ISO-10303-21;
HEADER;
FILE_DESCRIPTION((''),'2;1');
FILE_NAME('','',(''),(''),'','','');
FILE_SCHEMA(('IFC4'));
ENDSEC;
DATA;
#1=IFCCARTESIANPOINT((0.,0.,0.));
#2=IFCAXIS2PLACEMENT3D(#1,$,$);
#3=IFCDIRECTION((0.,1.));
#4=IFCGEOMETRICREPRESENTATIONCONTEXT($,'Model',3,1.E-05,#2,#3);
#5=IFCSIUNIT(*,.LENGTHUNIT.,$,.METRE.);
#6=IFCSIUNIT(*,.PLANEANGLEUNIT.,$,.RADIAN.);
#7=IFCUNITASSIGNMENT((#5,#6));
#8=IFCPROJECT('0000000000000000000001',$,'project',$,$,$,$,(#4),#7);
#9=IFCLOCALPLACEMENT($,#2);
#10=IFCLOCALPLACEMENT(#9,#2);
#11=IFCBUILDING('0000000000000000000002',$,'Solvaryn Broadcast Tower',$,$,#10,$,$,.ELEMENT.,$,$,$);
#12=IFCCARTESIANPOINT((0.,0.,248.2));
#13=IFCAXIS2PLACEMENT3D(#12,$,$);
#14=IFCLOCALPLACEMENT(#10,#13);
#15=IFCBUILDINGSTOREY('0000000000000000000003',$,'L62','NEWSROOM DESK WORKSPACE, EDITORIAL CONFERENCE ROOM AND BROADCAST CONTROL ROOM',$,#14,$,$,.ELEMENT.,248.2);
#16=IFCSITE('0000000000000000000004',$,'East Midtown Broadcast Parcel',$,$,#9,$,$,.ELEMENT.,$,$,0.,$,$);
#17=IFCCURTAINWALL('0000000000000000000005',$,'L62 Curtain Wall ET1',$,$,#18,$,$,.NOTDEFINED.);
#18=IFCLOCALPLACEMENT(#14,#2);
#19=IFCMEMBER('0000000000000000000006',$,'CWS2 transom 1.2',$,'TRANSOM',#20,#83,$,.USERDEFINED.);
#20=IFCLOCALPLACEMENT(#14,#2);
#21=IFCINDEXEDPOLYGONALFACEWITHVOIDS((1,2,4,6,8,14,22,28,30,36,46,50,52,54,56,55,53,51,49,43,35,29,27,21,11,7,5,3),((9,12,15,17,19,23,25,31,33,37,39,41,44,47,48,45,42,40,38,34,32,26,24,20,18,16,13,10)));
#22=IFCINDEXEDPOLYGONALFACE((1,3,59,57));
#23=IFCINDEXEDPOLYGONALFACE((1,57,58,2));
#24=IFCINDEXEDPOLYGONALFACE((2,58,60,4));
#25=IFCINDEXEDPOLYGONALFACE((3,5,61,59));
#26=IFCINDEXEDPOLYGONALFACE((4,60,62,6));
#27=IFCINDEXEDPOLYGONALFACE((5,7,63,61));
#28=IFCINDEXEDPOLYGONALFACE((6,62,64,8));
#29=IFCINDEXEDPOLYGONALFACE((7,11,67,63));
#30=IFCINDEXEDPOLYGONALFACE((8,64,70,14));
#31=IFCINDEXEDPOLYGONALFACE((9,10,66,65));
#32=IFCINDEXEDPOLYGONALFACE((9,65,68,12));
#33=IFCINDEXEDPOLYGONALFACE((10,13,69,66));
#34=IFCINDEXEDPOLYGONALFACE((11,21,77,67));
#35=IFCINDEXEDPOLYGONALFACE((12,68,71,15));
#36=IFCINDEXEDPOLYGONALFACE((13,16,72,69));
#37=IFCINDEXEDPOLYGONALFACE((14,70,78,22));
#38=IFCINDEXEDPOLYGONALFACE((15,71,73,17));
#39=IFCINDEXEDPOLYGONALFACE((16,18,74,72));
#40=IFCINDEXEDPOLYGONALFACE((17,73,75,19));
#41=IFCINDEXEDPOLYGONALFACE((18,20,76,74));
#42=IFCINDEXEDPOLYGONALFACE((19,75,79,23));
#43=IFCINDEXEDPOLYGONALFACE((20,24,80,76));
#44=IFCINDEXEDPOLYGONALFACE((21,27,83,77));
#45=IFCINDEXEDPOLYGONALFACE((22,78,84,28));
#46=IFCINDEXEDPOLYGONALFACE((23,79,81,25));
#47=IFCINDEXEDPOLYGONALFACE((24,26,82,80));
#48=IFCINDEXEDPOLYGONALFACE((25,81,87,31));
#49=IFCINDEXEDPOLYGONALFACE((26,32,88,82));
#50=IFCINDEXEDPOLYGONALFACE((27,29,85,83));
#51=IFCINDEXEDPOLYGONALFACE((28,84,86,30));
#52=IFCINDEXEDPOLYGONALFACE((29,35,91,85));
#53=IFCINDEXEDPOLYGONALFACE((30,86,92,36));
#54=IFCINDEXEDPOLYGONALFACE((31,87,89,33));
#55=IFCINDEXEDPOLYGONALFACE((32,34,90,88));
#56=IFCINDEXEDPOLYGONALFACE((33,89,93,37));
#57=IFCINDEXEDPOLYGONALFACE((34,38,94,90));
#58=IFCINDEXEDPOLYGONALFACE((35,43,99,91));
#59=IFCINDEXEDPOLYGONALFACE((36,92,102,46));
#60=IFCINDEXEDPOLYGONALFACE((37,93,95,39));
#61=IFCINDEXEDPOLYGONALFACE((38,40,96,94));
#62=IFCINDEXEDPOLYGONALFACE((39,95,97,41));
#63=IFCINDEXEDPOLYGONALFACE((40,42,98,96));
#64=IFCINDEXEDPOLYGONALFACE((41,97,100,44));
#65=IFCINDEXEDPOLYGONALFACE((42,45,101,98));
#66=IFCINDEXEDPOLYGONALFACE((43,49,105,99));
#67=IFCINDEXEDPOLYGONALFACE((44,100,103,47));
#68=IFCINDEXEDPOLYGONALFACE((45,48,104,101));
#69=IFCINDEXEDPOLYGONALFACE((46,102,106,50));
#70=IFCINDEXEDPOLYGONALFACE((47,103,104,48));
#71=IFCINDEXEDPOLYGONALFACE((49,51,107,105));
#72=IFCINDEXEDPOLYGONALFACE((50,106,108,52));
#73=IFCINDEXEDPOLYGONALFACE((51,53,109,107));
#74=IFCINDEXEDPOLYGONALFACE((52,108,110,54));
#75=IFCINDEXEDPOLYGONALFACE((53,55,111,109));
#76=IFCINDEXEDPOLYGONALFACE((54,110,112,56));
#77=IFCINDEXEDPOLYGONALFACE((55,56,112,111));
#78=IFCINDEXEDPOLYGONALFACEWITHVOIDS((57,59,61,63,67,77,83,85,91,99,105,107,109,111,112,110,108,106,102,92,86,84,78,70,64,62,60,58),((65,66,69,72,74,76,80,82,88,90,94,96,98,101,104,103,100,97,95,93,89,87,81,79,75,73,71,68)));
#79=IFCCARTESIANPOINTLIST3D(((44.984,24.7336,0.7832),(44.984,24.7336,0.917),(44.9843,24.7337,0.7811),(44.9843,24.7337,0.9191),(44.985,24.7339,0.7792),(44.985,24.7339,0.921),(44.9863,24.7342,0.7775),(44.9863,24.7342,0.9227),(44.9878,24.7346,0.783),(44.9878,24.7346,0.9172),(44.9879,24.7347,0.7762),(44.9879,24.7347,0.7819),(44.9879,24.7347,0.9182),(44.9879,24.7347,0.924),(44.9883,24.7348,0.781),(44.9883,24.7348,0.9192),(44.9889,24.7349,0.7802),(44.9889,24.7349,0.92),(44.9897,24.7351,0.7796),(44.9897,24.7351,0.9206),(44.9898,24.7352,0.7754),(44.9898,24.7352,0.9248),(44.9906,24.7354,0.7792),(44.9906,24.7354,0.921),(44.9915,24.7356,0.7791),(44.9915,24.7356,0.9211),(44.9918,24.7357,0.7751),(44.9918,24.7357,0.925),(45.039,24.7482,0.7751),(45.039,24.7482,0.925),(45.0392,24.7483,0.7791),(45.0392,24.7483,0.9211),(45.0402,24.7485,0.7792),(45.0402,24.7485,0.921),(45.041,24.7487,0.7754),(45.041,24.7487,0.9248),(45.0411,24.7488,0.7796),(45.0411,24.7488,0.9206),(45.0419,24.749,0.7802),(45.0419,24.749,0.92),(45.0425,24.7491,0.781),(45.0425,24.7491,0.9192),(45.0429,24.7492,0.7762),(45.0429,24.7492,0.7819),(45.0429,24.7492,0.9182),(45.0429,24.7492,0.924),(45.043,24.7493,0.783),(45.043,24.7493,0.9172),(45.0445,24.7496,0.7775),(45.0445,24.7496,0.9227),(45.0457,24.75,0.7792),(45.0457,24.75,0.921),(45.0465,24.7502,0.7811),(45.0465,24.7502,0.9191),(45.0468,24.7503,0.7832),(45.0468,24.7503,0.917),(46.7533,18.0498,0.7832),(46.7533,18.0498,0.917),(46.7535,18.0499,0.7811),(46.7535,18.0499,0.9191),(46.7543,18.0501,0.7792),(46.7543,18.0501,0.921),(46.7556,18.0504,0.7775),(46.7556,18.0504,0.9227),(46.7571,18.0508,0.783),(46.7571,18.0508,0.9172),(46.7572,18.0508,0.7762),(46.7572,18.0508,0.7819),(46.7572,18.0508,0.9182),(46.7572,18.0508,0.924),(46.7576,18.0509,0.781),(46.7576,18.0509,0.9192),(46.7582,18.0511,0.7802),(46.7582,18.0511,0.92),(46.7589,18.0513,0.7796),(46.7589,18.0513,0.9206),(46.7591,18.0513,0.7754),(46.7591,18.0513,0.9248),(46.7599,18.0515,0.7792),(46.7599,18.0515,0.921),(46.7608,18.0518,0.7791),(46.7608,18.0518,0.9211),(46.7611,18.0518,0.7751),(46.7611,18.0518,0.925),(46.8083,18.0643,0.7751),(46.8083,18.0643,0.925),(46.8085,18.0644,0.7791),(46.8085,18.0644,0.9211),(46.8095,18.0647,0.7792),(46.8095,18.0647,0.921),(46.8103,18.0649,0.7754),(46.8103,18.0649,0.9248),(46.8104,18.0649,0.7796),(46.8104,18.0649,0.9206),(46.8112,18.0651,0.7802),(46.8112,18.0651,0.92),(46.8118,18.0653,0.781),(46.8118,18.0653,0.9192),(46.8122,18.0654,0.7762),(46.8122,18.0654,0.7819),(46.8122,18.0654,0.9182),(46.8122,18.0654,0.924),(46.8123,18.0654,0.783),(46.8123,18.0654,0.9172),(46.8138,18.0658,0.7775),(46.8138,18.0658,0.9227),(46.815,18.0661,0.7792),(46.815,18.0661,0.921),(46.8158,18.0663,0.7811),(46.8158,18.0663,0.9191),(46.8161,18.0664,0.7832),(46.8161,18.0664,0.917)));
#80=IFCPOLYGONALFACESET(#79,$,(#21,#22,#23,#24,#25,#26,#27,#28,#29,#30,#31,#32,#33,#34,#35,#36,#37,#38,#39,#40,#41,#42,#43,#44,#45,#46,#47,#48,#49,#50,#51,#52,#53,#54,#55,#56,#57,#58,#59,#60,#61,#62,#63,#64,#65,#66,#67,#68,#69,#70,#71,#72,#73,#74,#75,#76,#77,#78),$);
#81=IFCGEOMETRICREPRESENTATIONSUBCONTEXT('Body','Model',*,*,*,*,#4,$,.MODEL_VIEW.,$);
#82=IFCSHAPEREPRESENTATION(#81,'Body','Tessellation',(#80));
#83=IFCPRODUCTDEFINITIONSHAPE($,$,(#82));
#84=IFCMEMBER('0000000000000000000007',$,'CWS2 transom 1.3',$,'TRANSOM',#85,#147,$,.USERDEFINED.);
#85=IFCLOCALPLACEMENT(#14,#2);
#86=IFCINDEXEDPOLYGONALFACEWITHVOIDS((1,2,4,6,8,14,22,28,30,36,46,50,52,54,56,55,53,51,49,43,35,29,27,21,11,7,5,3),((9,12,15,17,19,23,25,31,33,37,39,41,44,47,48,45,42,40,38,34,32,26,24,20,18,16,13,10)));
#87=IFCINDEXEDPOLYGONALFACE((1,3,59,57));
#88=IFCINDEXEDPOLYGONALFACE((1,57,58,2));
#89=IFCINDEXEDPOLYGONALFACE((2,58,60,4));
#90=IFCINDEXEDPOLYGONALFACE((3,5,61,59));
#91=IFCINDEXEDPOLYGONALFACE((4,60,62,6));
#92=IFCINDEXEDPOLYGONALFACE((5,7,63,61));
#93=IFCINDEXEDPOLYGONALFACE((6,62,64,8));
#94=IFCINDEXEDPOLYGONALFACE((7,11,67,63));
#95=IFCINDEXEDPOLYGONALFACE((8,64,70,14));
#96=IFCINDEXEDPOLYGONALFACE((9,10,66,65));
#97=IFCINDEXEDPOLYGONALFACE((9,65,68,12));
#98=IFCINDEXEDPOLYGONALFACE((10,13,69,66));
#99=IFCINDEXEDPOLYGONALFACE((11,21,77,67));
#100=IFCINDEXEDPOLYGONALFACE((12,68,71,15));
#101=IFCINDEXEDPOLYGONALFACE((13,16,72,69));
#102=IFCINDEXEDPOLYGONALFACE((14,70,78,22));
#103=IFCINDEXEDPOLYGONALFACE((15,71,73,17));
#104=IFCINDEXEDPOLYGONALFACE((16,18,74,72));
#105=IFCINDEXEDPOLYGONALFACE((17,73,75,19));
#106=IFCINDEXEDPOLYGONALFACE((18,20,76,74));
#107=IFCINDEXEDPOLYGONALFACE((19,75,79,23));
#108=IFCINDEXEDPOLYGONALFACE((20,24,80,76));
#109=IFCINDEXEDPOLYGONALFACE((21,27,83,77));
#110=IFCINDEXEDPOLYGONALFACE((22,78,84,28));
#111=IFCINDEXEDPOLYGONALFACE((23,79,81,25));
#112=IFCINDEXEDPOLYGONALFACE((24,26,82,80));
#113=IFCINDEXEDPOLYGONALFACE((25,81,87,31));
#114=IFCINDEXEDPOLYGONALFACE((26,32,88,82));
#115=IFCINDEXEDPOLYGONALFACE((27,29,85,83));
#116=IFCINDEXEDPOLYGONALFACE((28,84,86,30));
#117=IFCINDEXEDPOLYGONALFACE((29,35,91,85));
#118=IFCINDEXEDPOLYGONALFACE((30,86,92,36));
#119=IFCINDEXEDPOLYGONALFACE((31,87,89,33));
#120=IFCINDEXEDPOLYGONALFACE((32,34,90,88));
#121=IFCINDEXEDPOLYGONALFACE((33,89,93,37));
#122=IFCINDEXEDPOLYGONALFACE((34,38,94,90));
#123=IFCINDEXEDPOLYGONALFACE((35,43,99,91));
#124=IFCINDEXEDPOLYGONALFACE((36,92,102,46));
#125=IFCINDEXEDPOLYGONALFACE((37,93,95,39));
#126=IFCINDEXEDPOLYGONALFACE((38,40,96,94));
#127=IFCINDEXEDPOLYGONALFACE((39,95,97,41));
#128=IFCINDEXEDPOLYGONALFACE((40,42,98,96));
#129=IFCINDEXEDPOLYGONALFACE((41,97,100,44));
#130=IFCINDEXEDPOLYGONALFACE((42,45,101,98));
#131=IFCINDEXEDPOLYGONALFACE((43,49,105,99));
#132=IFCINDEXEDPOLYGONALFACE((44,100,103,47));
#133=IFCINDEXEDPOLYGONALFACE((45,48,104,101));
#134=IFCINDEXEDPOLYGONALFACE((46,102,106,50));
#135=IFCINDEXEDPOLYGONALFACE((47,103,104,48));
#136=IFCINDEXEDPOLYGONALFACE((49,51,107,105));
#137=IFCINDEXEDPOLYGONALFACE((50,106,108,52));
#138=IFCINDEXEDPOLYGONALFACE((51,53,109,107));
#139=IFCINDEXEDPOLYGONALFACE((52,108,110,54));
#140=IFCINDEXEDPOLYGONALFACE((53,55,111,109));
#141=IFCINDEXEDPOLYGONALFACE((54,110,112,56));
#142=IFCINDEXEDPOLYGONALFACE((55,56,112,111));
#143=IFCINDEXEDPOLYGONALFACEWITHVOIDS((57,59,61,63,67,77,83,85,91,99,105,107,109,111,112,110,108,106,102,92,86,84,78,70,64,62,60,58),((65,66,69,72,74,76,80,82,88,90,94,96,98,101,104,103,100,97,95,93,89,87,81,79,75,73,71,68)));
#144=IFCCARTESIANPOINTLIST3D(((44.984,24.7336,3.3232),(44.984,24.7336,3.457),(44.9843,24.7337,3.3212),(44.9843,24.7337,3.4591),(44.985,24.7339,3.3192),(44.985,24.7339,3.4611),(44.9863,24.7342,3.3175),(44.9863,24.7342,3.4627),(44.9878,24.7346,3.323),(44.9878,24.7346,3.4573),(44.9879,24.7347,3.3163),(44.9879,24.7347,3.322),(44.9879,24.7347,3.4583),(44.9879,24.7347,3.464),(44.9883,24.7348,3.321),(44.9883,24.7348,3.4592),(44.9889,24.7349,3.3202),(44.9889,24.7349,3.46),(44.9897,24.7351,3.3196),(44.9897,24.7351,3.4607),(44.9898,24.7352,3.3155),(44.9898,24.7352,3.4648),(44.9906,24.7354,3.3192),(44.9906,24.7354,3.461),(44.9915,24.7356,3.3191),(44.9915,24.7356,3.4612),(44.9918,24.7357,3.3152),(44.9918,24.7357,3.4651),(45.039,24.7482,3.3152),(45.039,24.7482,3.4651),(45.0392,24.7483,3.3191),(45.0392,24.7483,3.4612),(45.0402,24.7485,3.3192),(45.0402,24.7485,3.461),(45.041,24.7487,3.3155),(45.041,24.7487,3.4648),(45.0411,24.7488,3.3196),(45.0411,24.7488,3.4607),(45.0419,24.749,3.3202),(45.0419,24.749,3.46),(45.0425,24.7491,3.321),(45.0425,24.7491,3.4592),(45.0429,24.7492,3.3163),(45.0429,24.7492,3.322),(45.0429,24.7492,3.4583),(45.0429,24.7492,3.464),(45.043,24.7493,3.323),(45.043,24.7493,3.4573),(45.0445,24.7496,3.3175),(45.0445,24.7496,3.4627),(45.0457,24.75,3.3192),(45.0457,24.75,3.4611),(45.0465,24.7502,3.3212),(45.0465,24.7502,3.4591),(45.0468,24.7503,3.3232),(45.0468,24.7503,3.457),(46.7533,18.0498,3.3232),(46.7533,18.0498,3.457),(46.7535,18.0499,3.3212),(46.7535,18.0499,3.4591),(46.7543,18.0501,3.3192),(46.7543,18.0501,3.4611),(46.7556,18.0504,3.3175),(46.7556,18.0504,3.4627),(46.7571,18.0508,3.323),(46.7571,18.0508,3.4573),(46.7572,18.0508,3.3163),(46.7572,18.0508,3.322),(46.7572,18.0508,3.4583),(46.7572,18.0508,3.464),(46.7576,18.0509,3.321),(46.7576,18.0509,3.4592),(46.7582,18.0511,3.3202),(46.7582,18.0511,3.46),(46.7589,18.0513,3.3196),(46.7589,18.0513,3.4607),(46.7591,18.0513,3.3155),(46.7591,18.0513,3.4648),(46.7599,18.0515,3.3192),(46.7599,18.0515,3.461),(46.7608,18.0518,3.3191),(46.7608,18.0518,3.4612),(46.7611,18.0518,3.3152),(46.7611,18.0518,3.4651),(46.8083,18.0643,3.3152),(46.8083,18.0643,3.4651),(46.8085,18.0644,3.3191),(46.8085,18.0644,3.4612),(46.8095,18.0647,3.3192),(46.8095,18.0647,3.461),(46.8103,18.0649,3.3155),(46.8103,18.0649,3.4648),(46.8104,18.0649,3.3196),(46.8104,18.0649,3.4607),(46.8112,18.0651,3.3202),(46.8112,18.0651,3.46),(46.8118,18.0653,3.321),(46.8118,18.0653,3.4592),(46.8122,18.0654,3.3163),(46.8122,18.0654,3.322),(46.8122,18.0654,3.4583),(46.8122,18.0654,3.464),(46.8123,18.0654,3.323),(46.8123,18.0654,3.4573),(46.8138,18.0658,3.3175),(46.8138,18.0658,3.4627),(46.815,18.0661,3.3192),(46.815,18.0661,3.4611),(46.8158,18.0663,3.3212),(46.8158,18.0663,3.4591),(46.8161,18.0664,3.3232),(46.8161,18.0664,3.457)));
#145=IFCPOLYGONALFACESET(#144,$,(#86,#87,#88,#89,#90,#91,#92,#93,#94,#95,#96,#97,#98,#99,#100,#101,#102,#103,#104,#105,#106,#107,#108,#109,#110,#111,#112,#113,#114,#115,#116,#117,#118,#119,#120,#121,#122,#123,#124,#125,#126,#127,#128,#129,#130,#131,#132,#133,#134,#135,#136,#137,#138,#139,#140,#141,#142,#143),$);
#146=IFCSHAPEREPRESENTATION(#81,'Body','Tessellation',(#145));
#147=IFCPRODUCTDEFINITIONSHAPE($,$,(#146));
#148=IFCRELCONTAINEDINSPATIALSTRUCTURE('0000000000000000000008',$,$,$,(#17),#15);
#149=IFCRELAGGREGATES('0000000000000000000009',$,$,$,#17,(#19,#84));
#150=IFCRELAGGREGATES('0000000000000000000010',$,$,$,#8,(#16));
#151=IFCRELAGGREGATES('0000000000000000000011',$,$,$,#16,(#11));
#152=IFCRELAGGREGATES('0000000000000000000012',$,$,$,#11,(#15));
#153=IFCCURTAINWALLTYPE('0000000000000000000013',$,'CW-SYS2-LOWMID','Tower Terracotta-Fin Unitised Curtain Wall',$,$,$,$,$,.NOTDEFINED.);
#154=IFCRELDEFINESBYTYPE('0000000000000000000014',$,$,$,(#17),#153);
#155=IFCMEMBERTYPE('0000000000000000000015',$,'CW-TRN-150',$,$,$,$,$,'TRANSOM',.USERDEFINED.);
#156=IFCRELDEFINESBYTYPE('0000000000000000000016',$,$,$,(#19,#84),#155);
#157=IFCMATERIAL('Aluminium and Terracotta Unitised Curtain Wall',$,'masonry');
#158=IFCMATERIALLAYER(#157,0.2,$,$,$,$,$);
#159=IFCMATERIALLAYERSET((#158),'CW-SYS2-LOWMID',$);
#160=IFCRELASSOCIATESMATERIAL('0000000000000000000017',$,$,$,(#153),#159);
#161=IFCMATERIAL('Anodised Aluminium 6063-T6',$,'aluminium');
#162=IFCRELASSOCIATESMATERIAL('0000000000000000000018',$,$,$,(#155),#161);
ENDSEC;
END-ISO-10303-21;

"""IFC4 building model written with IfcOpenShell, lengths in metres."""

from ifc_helpers import new_model, si_unit, direction, frame, origin, origin_2d, place, context, subcontext, project, spatial, hollow_rectangle, extrude, material, layer, layer_set, material_profile, profile_set, type_object, element, aggregate, save


model = new_model("IFC4")

# Units and contexts
model_context = context("Model", 3, precision=1e-05, world=origin(), true_north=direction((0.0, 1.0)))
body_context = subcontext(model_context, "Body", "Model", "MODEL_VIEW")
ifc_project = project(units=[si_unit("LENGTHUNIT", "METRE"), si_unit("PLANEANGLEUNIT", "RADIAN")], contexts=[model_context])

# Site, building, storey
site_placement = place(None, origin())
site = spatial("IfcSite", under=ifc_project, at=site_placement, Name="East Midtown Broadcast Parcel", CompositionType="ELEMENT", RefElevation=0.0)
building_placement = place(site_placement, origin())
building = spatial("IfcBuilding", under=site, at=building_placement, Name="Solvaryn Broadcast Tower", CompositionType="ELEMENT")
storey_placement = place(building_placement, frame((0.0, 0.0, 248.2)))
storey = spatial("IfcBuildingStorey", under=building, at=storey_placement, Name="L62", Description="NEWSROOM DESK WORKSPACE, EDITORIAL CONFERENCE ROOM AND BROADCAST CONTROL ROOM", CompositionType="ELEMENT", Elevation=248.2)

# Curtain wall
ifc_material_1 = material(Name="Aluminium and Terracotta Unitised Curtain Wall", Category="masonry")
ifc_layer_1 = layer(ifc_material_1, 0.2)
ifc_layer_set_1 = layer_set([ifc_layer_1], Name="CW-SYS2-LOWMID")
curtain_wall_type = type_object("IfcCurtainWallType", Name="CW-SYS2-LOWMID", Description="Tower Terracotta-Fin Unitised Curtain Wall", PredefinedType="NOTDEFINED", material=ifc_layer_set_1)
curtain_wall_1_placement = place(storey_placement, origin())
curtain_wall_1 = element("IfcCurtainWall", 1, at=curtain_wall_1_placement, inside=storey, type_object=curtain_wall_type, Name="L62 Curtain Wall ET1", PredefinedType="NOTDEFINED")

# Members
ifc_material_2 = material(Name="Anodised Aluminium 6063-T6", Category="aluminium")
ifc_material_profile_1 = material_profile(ifc_material_2, hollow_rectangle(XDim=0.0649, YDim=0.1499, WallThickness=0.0039, InnerFilletRadius=0.0039, OuterFilletRadius=0.0081, at=origin_2d()))
ifc_profile_set_1 = profile_set([ifc_material_profile_1], Name="Anodised Aluminium 6063-T6")
member_type_1 = type_object("IfcMemberType", Name="CW-TRN-150", ElementType="TRANSOM", PredefinedType="USERDEFINED", material=ifc_profile_set_1)
member_1_placement = place(storey_placement, frame((45.0154, 24.7419, 0.8501), z_axis=(0.255897, -0.966704, 0.0), x_axis=(0.966704, 0.255897, 0.0)))
member_1 = element("IfcMember", 2, at=member_1_placement, type_object=member_type_1, Name="CWS2 transom 1.2", ObjectType="TRANSOM", PredefinedType="USERDEFINED", context=body_context, shape_type="SweptSolid", body=[
    extrude(hollow_rectangle(XDim=0.0649, YDim=0.1499, WallThickness=0.0039, InnerFilletRadius=0.0039, OuterFilletRadius=0.0081, at=origin_2d()), origin(), (0.0, 0.0, 1.0), 6.9141),
])
member_2_placement = place(storey_placement, frame((45.0154, 24.7419, 3.3901), z_axis=(0.255897, -0.966704, 0.0), x_axis=(0.966704, 0.255897, 0.0)))
member_2 = element("IfcMember", 3, at=member_2_placement, type_object=member_type_1, Name="CWS2 transom 1.3", ObjectType="TRANSOM", PredefinedType="USERDEFINED", context=body_context, shape_type="SweptSolid", body=[
    extrude(hollow_rectangle(XDim=0.0649, YDim=0.1499, WallThickness=0.0039, InnerFilletRadius=0.0039, OuterFilletRadius=0.0081, at=origin_2d()), origin(), (0.0, 0.0, 1.0), 6.9141),
])
aggregate(curtain_wall_1, [member_1, member_2])

save(model, "model.ifc")
